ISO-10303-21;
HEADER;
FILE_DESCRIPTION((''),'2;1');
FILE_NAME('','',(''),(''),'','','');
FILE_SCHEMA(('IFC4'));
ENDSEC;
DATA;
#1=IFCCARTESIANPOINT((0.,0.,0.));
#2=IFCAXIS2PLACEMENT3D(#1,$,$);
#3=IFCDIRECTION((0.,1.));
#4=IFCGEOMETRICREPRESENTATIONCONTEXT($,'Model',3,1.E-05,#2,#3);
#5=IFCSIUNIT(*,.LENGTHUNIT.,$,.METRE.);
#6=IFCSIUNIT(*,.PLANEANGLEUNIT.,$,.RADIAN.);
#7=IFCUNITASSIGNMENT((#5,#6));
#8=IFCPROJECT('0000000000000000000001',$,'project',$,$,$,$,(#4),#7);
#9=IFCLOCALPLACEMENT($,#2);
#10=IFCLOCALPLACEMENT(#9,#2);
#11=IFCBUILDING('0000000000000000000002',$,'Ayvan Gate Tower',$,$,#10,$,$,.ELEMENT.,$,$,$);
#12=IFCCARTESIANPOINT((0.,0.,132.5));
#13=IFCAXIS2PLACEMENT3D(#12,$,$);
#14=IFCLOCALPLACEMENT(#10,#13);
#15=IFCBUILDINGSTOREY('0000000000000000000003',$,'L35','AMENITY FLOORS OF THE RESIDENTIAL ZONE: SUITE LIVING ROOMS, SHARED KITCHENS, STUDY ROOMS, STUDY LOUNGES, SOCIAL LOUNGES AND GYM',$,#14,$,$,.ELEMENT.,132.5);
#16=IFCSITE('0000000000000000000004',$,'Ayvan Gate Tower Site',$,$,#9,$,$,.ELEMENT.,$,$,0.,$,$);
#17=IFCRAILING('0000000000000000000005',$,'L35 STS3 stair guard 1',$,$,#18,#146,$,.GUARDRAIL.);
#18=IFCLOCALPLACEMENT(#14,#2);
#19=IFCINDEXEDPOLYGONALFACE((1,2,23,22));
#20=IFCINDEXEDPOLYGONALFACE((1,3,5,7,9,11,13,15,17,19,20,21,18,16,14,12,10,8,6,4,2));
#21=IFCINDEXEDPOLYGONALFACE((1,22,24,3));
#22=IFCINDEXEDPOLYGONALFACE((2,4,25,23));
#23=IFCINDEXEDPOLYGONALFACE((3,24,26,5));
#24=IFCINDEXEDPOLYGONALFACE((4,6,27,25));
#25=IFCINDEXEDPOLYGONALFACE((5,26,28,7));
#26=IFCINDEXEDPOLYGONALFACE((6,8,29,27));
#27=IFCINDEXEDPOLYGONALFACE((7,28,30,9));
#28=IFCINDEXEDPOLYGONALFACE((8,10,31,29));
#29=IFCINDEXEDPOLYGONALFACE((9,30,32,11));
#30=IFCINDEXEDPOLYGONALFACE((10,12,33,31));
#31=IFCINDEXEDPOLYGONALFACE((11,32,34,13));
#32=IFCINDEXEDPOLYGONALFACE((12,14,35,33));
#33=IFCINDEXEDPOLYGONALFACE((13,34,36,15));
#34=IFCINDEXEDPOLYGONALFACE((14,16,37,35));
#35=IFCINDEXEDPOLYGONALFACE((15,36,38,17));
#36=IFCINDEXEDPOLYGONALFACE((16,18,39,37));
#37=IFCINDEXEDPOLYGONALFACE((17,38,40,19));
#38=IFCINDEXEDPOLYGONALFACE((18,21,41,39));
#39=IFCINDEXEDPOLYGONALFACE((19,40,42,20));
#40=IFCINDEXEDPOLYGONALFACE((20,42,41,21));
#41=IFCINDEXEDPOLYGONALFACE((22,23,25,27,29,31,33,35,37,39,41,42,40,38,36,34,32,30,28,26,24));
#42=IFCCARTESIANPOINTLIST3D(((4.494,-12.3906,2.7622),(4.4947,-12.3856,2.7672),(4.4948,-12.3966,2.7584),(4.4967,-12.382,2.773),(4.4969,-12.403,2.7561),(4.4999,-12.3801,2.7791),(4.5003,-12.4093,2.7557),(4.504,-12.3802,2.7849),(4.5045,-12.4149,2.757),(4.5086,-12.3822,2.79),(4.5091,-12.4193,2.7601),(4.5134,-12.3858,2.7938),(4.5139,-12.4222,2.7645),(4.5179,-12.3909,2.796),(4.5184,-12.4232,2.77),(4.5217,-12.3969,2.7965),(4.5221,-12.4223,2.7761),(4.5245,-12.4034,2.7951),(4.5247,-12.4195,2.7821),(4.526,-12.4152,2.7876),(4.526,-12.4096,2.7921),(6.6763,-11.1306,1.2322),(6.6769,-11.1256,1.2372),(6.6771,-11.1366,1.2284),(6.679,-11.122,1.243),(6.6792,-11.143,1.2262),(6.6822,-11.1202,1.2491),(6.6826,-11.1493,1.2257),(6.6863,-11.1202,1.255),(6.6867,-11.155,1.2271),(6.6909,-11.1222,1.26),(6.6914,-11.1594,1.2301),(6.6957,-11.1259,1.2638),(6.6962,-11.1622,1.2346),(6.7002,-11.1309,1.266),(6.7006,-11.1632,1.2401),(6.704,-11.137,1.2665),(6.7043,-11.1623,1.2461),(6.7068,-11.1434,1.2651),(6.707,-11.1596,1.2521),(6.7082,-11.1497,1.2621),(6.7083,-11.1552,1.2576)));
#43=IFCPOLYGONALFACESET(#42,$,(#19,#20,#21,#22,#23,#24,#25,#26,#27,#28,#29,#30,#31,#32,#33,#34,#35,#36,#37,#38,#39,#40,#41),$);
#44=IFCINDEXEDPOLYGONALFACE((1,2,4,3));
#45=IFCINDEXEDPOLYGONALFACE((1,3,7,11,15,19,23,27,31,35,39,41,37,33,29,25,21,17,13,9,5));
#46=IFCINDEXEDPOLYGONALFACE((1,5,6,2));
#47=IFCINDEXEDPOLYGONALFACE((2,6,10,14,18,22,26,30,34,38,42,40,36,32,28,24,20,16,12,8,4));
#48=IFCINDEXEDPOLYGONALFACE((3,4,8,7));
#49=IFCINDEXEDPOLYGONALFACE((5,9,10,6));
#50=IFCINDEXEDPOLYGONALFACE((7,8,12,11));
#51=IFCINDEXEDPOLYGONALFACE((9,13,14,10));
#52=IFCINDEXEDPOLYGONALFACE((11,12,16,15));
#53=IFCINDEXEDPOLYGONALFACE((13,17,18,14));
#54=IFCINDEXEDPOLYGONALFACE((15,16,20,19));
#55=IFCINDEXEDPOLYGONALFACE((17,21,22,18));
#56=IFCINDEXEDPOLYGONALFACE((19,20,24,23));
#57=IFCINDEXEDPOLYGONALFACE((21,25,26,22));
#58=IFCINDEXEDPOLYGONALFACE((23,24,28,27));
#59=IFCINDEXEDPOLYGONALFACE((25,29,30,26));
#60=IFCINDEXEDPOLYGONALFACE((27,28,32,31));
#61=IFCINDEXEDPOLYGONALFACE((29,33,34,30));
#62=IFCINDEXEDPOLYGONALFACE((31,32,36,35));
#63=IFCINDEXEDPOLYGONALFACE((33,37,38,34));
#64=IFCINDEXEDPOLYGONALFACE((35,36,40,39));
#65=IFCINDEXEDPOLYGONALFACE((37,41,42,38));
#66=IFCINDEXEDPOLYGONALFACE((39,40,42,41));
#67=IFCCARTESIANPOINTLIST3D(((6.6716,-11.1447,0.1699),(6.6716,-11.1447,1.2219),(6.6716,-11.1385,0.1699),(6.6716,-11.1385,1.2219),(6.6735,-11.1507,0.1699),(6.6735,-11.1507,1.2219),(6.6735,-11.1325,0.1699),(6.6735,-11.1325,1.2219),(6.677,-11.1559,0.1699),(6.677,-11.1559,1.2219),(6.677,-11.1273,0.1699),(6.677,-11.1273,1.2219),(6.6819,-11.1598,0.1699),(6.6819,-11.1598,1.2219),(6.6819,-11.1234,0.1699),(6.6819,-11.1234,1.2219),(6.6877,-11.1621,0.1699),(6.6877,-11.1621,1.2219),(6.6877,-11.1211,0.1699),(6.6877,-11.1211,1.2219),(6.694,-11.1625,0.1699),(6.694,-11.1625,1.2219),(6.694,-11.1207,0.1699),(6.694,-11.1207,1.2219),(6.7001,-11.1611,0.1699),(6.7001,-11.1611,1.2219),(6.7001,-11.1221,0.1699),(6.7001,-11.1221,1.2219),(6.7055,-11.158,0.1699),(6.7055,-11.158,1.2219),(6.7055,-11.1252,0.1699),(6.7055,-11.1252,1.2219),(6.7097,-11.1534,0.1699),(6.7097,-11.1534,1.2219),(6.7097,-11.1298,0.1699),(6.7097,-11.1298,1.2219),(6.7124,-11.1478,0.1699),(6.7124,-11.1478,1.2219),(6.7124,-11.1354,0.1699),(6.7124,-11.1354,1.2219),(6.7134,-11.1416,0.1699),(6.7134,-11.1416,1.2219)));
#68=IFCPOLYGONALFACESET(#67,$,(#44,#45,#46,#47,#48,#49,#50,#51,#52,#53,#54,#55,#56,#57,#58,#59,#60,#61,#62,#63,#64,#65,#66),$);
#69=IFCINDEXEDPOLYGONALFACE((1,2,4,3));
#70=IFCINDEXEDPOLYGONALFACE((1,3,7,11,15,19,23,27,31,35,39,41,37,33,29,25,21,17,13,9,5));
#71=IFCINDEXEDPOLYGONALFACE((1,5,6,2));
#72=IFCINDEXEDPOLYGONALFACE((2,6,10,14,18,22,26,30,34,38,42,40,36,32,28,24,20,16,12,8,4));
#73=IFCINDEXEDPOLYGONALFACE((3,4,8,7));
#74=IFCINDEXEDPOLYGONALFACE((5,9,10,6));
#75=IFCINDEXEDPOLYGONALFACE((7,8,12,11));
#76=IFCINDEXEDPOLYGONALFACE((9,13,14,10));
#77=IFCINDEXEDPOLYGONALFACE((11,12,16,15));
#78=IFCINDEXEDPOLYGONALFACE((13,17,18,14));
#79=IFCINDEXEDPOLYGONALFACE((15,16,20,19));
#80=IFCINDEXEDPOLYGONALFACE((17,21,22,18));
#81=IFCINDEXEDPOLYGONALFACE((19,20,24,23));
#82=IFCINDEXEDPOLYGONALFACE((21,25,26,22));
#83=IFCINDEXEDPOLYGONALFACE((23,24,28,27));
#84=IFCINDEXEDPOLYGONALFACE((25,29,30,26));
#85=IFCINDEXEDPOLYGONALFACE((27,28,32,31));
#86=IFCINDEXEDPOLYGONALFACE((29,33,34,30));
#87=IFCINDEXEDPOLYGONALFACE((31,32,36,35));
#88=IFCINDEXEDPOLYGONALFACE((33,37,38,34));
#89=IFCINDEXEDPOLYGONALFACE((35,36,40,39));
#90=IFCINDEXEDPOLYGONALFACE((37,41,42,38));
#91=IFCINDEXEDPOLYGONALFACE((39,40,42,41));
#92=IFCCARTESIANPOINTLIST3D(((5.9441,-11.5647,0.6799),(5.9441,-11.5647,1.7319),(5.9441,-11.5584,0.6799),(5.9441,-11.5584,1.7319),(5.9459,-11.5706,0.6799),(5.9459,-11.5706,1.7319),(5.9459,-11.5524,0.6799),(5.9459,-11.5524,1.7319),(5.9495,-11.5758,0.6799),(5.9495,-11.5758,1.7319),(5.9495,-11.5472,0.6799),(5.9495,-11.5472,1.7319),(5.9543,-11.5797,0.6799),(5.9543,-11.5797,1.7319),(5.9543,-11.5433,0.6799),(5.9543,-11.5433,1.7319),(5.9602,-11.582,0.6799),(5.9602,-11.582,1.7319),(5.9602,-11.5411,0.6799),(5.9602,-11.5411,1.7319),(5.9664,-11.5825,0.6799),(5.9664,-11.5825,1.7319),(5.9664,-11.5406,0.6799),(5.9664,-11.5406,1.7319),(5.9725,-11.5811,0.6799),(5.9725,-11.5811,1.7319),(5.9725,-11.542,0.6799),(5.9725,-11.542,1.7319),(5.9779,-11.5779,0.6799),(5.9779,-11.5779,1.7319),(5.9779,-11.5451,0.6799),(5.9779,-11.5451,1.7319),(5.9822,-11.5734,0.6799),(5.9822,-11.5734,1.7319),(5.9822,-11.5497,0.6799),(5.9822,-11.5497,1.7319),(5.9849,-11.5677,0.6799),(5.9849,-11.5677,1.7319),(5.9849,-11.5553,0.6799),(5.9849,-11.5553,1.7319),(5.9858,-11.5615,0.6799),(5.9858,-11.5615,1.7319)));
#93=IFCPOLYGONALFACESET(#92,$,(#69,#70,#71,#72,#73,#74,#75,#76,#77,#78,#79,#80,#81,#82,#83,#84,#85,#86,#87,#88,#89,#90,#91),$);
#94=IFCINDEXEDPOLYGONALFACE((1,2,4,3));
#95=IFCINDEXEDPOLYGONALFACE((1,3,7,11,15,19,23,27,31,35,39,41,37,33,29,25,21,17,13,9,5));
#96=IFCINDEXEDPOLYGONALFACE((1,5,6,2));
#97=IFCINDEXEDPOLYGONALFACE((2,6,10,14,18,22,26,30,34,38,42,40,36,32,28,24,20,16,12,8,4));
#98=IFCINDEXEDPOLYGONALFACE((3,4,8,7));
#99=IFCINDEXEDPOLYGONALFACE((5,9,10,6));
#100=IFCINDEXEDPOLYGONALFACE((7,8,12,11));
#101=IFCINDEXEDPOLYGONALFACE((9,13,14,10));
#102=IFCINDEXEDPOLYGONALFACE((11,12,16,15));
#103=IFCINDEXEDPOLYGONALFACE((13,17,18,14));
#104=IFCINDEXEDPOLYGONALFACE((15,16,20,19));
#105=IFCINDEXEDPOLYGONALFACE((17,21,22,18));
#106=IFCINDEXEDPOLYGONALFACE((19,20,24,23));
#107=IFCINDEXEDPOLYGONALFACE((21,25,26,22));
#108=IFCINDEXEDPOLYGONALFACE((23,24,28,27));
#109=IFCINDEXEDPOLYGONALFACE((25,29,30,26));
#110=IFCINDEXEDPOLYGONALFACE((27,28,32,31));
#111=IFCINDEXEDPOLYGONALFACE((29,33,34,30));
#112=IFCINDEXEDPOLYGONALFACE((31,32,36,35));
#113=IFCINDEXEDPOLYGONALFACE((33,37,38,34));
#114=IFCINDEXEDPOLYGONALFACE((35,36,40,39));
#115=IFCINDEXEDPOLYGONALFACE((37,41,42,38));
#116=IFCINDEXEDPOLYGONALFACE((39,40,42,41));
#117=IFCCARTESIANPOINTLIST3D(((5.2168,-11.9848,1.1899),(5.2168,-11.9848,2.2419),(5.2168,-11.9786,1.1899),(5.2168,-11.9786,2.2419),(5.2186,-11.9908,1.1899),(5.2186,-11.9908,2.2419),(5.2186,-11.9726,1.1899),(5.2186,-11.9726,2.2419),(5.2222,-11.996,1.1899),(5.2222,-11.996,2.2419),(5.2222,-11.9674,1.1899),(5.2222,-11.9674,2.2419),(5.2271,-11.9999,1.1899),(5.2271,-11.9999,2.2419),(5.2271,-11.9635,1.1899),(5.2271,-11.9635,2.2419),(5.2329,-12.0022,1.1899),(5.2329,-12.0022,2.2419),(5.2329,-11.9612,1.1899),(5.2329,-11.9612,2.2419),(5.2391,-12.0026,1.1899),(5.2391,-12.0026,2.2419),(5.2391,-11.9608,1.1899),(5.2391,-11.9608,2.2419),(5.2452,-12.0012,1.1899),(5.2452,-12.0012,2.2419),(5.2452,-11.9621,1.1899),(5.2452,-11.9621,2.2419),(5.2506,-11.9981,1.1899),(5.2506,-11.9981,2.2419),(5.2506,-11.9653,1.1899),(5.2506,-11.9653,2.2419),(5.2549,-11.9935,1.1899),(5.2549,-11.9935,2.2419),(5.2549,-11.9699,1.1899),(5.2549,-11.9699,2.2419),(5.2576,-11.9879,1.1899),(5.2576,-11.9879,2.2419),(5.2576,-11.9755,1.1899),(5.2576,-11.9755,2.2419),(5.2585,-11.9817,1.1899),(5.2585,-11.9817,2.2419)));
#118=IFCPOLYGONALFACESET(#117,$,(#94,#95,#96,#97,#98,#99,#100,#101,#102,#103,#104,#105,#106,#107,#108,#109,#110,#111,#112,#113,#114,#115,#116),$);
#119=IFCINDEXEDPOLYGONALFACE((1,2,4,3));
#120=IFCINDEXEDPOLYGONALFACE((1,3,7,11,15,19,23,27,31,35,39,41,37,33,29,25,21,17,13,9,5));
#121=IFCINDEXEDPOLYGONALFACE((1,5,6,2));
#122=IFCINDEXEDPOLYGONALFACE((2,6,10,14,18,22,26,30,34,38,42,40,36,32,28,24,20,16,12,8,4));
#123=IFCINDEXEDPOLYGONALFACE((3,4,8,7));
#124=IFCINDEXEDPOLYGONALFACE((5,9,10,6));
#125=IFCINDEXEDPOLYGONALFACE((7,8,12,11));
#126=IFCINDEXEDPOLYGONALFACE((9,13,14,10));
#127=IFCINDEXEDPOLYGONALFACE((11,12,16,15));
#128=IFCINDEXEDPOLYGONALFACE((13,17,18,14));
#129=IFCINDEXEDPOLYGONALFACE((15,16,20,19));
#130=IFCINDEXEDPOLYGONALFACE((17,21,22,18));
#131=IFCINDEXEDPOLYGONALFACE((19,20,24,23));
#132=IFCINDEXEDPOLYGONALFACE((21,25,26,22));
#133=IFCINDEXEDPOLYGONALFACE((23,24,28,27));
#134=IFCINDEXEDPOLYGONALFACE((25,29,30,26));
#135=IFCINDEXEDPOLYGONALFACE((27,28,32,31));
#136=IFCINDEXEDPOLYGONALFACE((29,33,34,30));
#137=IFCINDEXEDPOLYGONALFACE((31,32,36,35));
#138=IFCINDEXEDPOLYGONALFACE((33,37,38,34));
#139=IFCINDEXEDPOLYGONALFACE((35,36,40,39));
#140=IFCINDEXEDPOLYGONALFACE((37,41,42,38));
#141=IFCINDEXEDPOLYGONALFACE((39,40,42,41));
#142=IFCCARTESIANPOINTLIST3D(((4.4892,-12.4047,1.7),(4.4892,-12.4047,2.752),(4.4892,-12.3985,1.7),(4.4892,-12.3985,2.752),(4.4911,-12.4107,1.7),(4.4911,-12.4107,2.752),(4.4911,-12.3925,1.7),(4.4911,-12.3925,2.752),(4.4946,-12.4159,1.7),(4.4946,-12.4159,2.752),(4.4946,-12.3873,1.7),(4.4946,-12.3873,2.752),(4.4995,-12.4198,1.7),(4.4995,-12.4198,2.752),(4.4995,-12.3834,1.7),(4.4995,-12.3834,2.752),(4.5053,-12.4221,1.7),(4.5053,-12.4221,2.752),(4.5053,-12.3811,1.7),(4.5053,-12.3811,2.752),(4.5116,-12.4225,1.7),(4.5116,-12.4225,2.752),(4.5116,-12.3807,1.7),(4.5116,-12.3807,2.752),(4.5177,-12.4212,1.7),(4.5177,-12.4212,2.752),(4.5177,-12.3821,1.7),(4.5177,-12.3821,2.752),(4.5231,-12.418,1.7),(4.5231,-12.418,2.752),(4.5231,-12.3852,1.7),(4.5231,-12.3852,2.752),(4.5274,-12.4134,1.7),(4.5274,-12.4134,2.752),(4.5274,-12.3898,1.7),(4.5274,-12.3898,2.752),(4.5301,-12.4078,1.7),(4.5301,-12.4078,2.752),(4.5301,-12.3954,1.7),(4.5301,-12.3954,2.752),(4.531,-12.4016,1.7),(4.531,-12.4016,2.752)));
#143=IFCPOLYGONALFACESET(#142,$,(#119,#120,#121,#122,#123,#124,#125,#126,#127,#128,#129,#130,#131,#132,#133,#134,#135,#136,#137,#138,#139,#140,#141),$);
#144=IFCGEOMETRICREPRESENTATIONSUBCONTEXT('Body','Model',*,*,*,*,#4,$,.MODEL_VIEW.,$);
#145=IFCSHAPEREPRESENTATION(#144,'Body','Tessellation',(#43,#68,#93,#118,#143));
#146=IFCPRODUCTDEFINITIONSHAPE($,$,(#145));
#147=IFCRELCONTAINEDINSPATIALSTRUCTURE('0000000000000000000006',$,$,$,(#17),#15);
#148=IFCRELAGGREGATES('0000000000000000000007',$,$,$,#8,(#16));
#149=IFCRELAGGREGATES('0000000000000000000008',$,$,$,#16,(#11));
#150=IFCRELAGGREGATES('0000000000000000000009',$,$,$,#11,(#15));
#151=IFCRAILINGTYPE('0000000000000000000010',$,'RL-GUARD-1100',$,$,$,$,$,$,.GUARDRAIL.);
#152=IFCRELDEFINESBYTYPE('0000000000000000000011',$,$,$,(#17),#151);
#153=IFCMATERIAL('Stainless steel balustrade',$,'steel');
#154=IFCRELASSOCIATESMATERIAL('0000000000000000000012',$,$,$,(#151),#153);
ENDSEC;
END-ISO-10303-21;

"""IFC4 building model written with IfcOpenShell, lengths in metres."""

from ifc_helpers import new_model, si_unit, direction, frame, origin, origin_2d, place, context, subcontext, project, spatial, circle, extrude, material, type_object, element, save


model = new_model("IFC4")

# Units and contexts
model_context = context("Model", 3, precision=1e-05, world=origin(), true_north=direction((0.0, 1.0)))
body_context = subcontext(model_context, "Body", "Model", "MODEL_VIEW")
ifc_project = project(units=[si_unit("LENGTHUNIT", "METRE"), si_unit("PLANEANGLEUNIT", "RADIAN")], contexts=[model_context])

# Site, building, storey
site_placement = place(None, origin())
site = spatial("IfcSite", under=ifc_project, at=site_placement, Name="Ayvan Gate Tower Site", CompositionType="ELEMENT", RefElevation=0.0)
building_placement = place(site_placement, origin())
building = spatial("IfcBuilding", under=site, at=building_placement, Name="Ayvan Gate Tower", CompositionType="ELEMENT")
storey_placement = place(building_placement, frame((0.0, 0.0, 132.5)))
storey = spatial("IfcBuildingStorey", under=building, at=storey_placement, Name="L35", Description="AMENITY FLOORS OF THE RESIDENTIAL ZONE: SUITE LIVING ROOMS, SHARED KITCHENS, STUDY ROOMS, STUDY LOUNGES, SOCIAL LOUNGES AND GYM", CompositionType="ELEMENT", Elevation=132.5)

# Railing
ifc_material_1 = material(Name="Stainless steel balustrade", Category="steel")
railing_type_1 = type_object("IfcRailingType", Name="RL-GUARD-1100", PredefinedType="GUARDRAIL", material=ifc_material_1)
railing_1_placement = place(storey_placement, frame((6.6924, -11.1416, 0.1699)))
element("IfcRailing", 1, at=railing_1_placement, inside=storey, type_object=railing_type_1, Name="L35 STS3 stair guard 1", PredefinedType="GUARDRAIL", context=body_context, shape_type="SweptSolid", body=[
    extrude(circle(Radius=0.0239, at=origin_2d()), frame((0.0, 0.0, 1.0762), z_axis=(-0.740261, -0.427395, 0.518986), x_axis=(0.500005, -0.866023, 0.0)), (0.0, 0.0, 1.0), 2.948),
    extrude(circle(Radius=0.021, at=origin_2d()), origin(), (0.0, 0.0, 1.0), 1.052),
    extrude(circle(Radius=0.021, at=origin_2d()), frame((-0.7275, -0.4199, 0.51)), (0.0, 0.0, 1.0), 1.052),
    extrude(circle(Radius=0.021, at=origin_2d()), frame((-1.4548, -0.8401, 1.02)), (0.0, 0.0, 1.0), 1.052),
    extrude(circle(Radius=0.021, at=origin_2d()), frame((-2.1824, -1.26, 1.53)), (0.0, 0.0, 1.0), 1.052),
])

save(model, "model.ifc")
